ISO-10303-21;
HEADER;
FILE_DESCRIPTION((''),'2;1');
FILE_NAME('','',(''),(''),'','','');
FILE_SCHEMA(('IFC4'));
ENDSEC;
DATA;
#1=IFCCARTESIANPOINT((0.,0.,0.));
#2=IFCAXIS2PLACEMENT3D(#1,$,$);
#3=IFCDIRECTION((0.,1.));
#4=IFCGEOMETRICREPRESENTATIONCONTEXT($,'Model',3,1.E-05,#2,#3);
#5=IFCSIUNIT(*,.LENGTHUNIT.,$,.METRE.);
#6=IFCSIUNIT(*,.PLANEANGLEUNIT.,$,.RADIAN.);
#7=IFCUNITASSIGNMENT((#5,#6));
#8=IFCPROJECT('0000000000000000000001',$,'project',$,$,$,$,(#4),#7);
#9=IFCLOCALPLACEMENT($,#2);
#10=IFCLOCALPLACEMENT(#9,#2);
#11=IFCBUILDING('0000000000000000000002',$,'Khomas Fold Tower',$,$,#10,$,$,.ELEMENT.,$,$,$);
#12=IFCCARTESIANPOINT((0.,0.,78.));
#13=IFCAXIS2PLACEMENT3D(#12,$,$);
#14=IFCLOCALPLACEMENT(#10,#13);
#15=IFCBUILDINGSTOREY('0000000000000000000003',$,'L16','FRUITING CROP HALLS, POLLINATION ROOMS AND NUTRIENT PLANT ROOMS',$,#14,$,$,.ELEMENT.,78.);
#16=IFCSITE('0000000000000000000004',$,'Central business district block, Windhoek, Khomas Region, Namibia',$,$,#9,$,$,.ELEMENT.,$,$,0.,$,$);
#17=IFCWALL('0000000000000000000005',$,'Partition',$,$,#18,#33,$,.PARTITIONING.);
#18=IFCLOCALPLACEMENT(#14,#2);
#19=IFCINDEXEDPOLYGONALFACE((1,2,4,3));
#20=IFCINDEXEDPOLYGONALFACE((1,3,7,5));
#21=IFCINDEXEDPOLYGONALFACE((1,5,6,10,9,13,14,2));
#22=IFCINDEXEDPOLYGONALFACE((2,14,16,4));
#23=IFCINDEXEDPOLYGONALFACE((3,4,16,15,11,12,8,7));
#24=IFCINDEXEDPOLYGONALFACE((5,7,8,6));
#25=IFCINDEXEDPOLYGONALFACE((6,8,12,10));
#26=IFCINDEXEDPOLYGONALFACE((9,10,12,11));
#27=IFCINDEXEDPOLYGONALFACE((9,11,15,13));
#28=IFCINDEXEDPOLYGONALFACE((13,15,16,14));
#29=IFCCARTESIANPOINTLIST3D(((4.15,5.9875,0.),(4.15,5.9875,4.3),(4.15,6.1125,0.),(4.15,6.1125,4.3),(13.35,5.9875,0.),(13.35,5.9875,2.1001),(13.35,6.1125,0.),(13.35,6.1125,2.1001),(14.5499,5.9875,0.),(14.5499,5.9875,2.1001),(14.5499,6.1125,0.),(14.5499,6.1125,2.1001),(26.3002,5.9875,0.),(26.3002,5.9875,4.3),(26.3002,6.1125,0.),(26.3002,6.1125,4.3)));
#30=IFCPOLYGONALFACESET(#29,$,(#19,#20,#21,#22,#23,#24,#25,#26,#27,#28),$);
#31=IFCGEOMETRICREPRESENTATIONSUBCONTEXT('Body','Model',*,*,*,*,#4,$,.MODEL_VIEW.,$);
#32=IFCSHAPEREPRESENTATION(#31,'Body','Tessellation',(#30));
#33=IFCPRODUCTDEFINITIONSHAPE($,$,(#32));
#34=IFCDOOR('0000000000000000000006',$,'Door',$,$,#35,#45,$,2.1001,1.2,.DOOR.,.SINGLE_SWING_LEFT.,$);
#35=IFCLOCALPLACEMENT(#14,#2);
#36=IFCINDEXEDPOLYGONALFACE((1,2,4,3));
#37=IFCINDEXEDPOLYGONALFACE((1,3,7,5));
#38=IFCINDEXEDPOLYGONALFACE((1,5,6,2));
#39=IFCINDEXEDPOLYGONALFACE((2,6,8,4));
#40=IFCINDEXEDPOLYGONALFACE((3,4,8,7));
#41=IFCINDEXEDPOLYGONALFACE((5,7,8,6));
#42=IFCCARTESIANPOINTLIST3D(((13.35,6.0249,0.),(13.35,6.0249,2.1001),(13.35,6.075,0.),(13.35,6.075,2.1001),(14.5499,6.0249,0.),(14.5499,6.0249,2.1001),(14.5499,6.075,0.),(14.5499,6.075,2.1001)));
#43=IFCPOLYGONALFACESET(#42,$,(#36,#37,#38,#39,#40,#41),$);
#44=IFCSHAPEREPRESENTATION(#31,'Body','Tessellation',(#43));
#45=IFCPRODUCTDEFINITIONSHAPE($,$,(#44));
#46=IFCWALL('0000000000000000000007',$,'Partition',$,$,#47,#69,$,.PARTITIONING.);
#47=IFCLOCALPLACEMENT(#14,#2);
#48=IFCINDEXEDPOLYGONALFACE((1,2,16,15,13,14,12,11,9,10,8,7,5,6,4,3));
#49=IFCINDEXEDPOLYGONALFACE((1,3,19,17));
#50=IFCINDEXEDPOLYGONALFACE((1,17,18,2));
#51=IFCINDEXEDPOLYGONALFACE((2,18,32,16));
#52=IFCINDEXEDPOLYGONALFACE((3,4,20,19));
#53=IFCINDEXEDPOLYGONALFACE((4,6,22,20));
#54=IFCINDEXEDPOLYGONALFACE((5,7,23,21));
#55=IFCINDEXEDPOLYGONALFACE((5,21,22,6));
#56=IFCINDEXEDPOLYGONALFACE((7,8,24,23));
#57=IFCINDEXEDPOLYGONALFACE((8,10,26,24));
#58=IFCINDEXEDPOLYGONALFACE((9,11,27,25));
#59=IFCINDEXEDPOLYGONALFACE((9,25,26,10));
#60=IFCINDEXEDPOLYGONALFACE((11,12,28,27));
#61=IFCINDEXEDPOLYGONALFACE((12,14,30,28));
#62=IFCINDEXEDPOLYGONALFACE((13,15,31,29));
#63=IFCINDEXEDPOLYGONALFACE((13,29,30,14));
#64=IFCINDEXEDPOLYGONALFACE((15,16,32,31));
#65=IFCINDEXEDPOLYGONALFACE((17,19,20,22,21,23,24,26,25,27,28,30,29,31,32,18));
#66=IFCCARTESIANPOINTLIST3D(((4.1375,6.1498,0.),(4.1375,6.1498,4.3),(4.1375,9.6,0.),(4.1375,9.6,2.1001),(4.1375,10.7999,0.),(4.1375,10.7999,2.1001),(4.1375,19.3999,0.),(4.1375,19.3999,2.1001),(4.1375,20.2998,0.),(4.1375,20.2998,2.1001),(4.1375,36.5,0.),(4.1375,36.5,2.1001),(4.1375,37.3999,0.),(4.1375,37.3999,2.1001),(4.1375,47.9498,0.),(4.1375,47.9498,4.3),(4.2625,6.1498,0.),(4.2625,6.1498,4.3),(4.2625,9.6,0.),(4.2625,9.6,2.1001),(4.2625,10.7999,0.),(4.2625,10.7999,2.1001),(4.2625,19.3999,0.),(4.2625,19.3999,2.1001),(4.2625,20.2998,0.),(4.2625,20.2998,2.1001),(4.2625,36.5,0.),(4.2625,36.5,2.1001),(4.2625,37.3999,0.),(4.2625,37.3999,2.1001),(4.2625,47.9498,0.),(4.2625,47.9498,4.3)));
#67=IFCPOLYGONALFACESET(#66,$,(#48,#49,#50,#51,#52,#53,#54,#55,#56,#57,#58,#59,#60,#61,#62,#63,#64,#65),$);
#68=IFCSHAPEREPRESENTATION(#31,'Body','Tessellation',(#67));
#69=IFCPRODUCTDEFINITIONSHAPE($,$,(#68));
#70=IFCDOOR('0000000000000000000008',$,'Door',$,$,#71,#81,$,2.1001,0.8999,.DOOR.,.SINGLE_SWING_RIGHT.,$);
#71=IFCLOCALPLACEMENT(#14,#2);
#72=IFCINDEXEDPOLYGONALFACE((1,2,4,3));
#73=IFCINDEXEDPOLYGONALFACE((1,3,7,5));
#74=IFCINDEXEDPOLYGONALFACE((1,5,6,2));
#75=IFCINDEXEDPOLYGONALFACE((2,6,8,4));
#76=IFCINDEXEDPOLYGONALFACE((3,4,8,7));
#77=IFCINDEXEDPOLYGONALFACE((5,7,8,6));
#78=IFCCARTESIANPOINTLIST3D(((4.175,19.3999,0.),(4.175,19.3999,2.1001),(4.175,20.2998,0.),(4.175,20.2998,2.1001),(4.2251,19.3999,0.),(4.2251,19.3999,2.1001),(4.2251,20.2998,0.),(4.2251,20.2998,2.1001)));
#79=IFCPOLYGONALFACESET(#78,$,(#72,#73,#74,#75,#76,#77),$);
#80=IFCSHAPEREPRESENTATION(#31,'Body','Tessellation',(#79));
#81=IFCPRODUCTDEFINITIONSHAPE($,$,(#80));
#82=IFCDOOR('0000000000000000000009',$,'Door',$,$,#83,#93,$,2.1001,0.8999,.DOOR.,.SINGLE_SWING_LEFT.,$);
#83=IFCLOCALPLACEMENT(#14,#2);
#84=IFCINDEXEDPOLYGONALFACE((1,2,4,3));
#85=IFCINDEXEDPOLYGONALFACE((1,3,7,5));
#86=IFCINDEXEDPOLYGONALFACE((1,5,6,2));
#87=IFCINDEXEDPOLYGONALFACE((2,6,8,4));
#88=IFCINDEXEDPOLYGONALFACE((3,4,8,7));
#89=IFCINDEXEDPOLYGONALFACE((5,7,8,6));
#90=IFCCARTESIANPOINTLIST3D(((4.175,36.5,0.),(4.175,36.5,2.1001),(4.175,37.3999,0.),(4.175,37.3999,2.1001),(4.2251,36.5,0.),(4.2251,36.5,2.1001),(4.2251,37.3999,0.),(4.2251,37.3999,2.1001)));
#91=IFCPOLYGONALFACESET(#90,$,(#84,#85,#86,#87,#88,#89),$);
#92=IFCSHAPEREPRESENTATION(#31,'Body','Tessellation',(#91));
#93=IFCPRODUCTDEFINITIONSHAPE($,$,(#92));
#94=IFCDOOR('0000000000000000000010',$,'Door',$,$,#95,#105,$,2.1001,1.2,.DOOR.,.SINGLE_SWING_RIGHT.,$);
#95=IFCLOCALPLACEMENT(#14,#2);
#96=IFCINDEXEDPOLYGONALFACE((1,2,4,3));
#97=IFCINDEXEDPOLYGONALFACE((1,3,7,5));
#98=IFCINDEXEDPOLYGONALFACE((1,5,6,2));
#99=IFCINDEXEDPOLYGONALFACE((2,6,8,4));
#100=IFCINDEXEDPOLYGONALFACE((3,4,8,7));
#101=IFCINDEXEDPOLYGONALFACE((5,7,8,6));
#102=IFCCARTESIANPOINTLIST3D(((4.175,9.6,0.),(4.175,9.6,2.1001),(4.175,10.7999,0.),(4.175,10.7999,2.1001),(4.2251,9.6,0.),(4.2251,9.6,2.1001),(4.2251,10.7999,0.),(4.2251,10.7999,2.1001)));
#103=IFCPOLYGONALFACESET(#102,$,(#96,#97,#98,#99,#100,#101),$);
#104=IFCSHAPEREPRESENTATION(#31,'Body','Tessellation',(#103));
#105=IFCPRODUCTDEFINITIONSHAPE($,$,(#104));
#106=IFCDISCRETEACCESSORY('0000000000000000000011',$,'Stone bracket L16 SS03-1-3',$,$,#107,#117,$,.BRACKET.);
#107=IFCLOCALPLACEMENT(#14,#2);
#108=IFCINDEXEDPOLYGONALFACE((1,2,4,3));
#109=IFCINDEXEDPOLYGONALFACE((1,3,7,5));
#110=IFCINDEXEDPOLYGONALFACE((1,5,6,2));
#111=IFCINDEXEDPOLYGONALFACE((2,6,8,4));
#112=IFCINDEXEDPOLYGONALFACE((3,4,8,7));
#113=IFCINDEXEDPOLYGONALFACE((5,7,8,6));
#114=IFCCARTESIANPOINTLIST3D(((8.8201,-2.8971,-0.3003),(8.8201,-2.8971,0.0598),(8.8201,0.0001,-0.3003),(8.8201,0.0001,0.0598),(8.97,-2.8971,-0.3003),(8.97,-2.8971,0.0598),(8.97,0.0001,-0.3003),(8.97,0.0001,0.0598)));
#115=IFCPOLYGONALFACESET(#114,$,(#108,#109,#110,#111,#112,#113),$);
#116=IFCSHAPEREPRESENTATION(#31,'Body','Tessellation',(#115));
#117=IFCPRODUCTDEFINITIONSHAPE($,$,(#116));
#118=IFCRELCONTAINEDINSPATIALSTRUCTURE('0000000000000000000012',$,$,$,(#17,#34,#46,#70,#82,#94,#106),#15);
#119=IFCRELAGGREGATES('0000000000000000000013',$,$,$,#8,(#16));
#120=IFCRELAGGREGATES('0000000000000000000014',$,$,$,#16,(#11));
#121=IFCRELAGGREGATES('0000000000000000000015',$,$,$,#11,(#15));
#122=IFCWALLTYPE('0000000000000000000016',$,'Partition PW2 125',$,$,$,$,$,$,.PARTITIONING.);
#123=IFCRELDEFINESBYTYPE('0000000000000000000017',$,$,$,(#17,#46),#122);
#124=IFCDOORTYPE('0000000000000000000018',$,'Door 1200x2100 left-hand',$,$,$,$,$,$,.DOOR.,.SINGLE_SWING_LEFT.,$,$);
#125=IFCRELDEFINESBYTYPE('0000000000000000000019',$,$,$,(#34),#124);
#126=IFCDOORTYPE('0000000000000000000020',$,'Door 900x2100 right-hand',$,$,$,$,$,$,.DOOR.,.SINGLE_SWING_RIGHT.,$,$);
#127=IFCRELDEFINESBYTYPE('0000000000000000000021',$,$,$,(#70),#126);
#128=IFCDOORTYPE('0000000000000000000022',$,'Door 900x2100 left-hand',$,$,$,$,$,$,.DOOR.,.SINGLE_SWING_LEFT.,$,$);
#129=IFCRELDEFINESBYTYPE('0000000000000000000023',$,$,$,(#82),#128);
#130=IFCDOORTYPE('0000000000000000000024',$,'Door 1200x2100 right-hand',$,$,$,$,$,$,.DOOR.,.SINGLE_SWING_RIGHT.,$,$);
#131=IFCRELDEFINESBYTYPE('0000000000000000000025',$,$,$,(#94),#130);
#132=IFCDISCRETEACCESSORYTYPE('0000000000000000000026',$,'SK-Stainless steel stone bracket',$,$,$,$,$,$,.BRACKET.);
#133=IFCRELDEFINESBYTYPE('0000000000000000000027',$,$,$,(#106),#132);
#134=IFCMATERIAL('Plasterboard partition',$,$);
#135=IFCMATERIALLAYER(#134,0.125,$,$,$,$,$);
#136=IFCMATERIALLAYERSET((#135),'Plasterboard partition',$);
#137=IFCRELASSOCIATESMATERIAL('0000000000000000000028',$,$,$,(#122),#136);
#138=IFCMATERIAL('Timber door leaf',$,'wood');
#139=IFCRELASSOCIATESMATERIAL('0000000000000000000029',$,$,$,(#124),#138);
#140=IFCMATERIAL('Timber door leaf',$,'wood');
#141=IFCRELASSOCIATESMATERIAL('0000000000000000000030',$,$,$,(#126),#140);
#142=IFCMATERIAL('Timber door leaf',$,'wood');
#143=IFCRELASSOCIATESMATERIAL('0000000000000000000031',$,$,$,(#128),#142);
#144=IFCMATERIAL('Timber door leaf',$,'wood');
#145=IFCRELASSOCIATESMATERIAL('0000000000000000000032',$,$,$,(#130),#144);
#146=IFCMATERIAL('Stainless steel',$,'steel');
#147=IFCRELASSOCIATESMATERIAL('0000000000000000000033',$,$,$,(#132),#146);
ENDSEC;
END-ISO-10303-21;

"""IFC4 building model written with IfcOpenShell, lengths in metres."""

from ifc_helpers import new_model, si_unit, direction, frame, frame_2d, origin, origin_2d, place, context, subcontext, project, spatial, rectangle, extrude, source, transform, mapped, material, layer, layer_set, type_object, element, fill, save


model = new_model("IFC4")

# Units and contexts
model_context = context("Model", 3, precision=1e-05, world=origin(), true_north=direction((0.0, 1.0)))
body_context = subcontext(model_context, "Body", "Model", "MODEL_VIEW")
ifc_project = project(units=[si_unit("LENGTHUNIT", "METRE"), si_unit("PLANEANGLEUNIT", "RADIAN")], contexts=[model_context])

# Site, building, storey
site_placement = place(None, origin())
site = spatial("IfcSite", under=ifc_project, at=site_placement, Name="Central business district block, Windhoek, Khomas Region, Namibia", CompositionType="ELEMENT", RefElevation=0.0)
building_placement = place(site_placement, origin())
building = spatial("IfcBuilding", under=site, at=building_placement, Name="Khomas Fold Tower", CompositionType="ELEMENT")
storey_placement = place(building_placement, frame((0.0, 0.0, 78.0)))
storey = spatial("IfcBuildingStorey", under=building, at=storey_placement, Name="L16", Description="FRUITING CROP HALLS, POLLINATION ROOMS AND NUTRIENT PLANT ROOMS", CompositionType="ELEMENT", Elevation=78.0)

# Wall, opening, door
ifc_material_1 = material(Name="Plasterboard partition")
ifc_layer_1 = layer(ifc_material_1, 0.125)
ifc_layer_set_1 = layer_set([ifc_layer_1], Name="Plasterboard partition")
wall_type_1 = type_object("IfcWallType", Name="Partition PW2 125", PredefinedType="PARTITIONING", material=ifc_layer_set_1)
shared_shape_1 = source(origin(), body_context, "Body", "SweptSolid", [
    extrude(rectangle(XDim=22.1501, YDim=0.125, at=frame_2d((11.0752, 0.0))), origin(), (0.0, 0.0, 1.0), 4.3),
])
wall_1_placement = place(storey_placement, frame((4.1499, 6.05, 0.0), z_axis=(0.0, 0.0, 1.0), x_axis=(1.0, 0.0, 0.0)))
wall_1 = element("IfcWall", 1, at=wall_1_placement, inside=storey, type_object=wall_type_1, Name="Partition", PredefinedType="PARTITIONING", context=body_context, shape_type="MappedRepresentation", body=[
    mapped(shared_shape_1, transform((0.0, 0.0, 0.0))),
])
shared_shape_2 = source(origin(), body_context, "Body", "SweptSolid", [
    extrude(rectangle(XDim=1.2, YDim=2.1001, at=frame_2d((0.6001, 1.05))), frame((0.0, 0.0725, 0.0), z_axis=(0.0, -1.0, 0.0), x_axis=(1.0, 0.0, 0.0)), (0.0, 0.0, 1.0), 0.145),
])
opening_1_placement = place(wall_1_placement, frame((9.2, 0.0, 0.0)))
opening_1 = element("IfcOpeningElement", 2, at=opening_1_placement, cuts=wall_1, PredefinedType="OPENING", context=body_context, shape_type="MappedRepresentation", body=[
    mapped(shared_shape_2, transform((0.0, 0.0, 0.0))),
])
ifc_material_2 = material(Name="Timber door leaf", Category="wood")
door_type_1 = type_object("IfcDoorType", Name="Door 1200x2100 left-hand", OperationType="SINGLE_SWING_LEFT", PredefinedType="DOOR", material=ifc_material_2)
shared_shape_3 = source(origin(), body_context, "Body", "SweptSolid", [
    extrude(rectangle(XDim=1.2, YDim=2.1001, at=frame_2d((0.6001, 1.05))), frame((0.0, 0.0249, 0.0), z_axis=(0.0, -1.0, 0.0), x_axis=(1.0, 0.0, 0.0)), (0.0, 0.0, 1.0), 0.05),
])
door_1_placement = place(opening_1_placement, origin())
door_1 = element("IfcDoor", 3, at=door_1_placement, inside=storey, type_object=door_type_1, Name="Door", OperationType="SINGLE_SWING_LEFT", OverallHeight=2.1001, OverallWidth=1.2, PredefinedType="DOOR", context=body_context, shape_type="MappedRepresentation", body=[
    mapped(shared_shape_3, transform((0.0, 0.0, 0.0))),
])
fill(opening_1, door_1)

# Wall, openings, doors
shared_shape_4 = source(origin(), body_context, "Body", "SweptSolid", [
    extrude(rectangle(XDim=41.8, YDim=0.125, at=frame_2d((20.8999, 0.0))), origin(), (0.0, 0.0, 1.0), 4.3),
])
wall_2_placement = place(storey_placement, frame((4.2, 6.1499, 0.0), z_axis=(0.0, 0.0, 1.0), x_axis=(0.0, 1.0, 0.0)))
wall_2 = element("IfcWall", 4, at=wall_2_placement, inside=storey, type_object=wall_type_1, Name="Partition", PredefinedType="PARTITIONING", context=body_context, shape_type="MappedRepresentation", body=[
    mapped(shared_shape_4, transform((0.0, 0.0, 0.0))),
])
opening_2_placement = place(wall_2_placement, frame((3.45, 0.0, 0.0)))
opening_2 = element("IfcOpeningElement", 5, at=opening_2_placement, cuts=wall_2, PredefinedType="OPENING", context=body_context, shape_type="MappedRepresentation", body=[
    mapped(shared_shape_2, transform((0.0, 0.0, 0.0))),
])
shared_shape_5 = source(origin(), body_context, "Body", "SweptSolid", [
    extrude(rectangle(XDim=0.8999, YDim=2.1001, at=frame_2d((0.45, 1.05))), frame((0.0, 0.0725, 0.0), z_axis=(0.0, -1.0, 0.0), x_axis=(1.0, 0.0, 0.0)), (0.0, 0.0, 1.0), 0.145),
])
opening_3_placement = place(wall_2_placement, frame((13.25, 0.0, 0.0)))
opening_3 = element("IfcOpeningElement", 6, at=opening_3_placement, cuts=wall_2, PredefinedType="OPENING", context=body_context, shape_type="MappedRepresentation", body=[
    mapped(shared_shape_5, transform((0.0, 0.0, 0.0))),
])
opening_4_placement = place(wall_2_placement, frame((30.3501, 0.0, 0.0)))
opening_4 = element("IfcOpeningElement", 7, at=opening_4_placement, cuts=wall_2, PredefinedType="OPENING", context=body_context, shape_type="MappedRepresentation", body=[
    mapped(shared_shape_5, transform((0.0, 0.0, 0.0))),
])
ifc_material_3 = material(Name="Timber door leaf", Category="wood")
door_type_2 = type_object("IfcDoorType", Name="Door 900x2100 right-hand", OperationType="SINGLE_SWING_RIGHT", PredefinedType="DOOR", material=ifc_material_3)
shared_shape_6 = source(origin(), body_context, "Body", "SweptSolid", [
    extrude(rectangle(XDim=0.8999, YDim=2.1001, at=frame_2d((0.45, 1.05))), frame((0.0, 0.0249, 0.0), z_axis=(0.0, -1.0, 0.0), x_axis=(1.0, 0.0, 0.0)), (0.0, 0.0, 1.0), 0.05),
])
door_2_placement = place(opening_3_placement, origin())
door_2 = element("IfcDoor", 8, at=door_2_placement, inside=storey, type_object=door_type_2, Name="Door", OperationType="SINGLE_SWING_RIGHT", OverallHeight=2.1001, OverallWidth=0.8999, PredefinedType="DOOR", context=body_context, shape_type="MappedRepresentation", body=[
    mapped(shared_shape_6, transform((0.0, 0.0, 0.0))),
])
fill(opening_3, door_2)
ifc_material_4 = material(Name="Timber door leaf", Category="wood")
door_type_3 = type_object("IfcDoorType", Name="Door 900x2100 left-hand", OperationType="SINGLE_SWING_LEFT", PredefinedType="DOOR", material=ifc_material_4)
door_3_placement = place(opening_4_placement, origin())
door_3 = element("IfcDoor", 9, at=door_3_placement, inside=storey, type_object=door_type_3, Name="Door", OperationType="SINGLE_SWING_LEFT", OverallHeight=2.1001, OverallWidth=0.8999, PredefinedType="DOOR", context=body_context, shape_type="MappedRepresentation", body=[
    mapped(shared_shape_6, transform((0.0, 0.0, 0.0))),
])
fill(opening_4, door_3)
ifc_material_5 = material(Name="Timber door leaf", Category="wood")
door_type_4 = type_object("IfcDoorType", Name="Door 1200x2100 right-hand", OperationType="SINGLE_SWING_RIGHT", PredefinedType="DOOR", material=ifc_material_5)
door_4_placement = place(opening_2_placement, origin())
door_4 = element("IfcDoor", 10, at=door_4_placement, inside=storey, type_object=door_type_4, Name="Door", OperationType="SINGLE_SWING_RIGHT", OverallHeight=2.1001, OverallWidth=1.2, PredefinedType="DOOR", context=body_context, shape_type="MappedRepresentation", body=[
    mapped(shared_shape_3, transform((0.0, 0.0, 0.0))),
])
fill(opening_2, door_4)

# Discrete accessory
ifc_material_6 = material(Name="Stainless steel", Category="steel")
discrete_accessory_type = type_object("IfcDiscreteAccessoryType", Name="SK-Stainless steel stone bracket", PredefinedType="BRACKET", material=ifc_material_6)
shared_shape_7 = source(origin(), body_context, "Body", "SweptSolid", [
    extrude(rectangle(XDim=2.8972, YDim=0.1499, at=origin_2d()), origin(), (0.0, 0.0, 1.0), 0.3601),
])
discrete_accessory_placement = place(storey_placement, frame((8.895, -1.4485, -0.3003), z_axis=(0.0, 0.0, 1.0), x_axis=(0.0, -1.0, 0.0)))
element("IfcDiscreteAccessory", 11, at=discrete_accessory_placement, inside=storey, type_object=discrete_accessory_type, Name="Stone bracket L16 SS03-1-3", PredefinedType="BRACKET", context=body_context, shape_type="MappedRepresentation", body=[
    mapped(shared_shape_7, transform((0.0, 0.0, 0.0))),
])

save(model, "model.ifc")
